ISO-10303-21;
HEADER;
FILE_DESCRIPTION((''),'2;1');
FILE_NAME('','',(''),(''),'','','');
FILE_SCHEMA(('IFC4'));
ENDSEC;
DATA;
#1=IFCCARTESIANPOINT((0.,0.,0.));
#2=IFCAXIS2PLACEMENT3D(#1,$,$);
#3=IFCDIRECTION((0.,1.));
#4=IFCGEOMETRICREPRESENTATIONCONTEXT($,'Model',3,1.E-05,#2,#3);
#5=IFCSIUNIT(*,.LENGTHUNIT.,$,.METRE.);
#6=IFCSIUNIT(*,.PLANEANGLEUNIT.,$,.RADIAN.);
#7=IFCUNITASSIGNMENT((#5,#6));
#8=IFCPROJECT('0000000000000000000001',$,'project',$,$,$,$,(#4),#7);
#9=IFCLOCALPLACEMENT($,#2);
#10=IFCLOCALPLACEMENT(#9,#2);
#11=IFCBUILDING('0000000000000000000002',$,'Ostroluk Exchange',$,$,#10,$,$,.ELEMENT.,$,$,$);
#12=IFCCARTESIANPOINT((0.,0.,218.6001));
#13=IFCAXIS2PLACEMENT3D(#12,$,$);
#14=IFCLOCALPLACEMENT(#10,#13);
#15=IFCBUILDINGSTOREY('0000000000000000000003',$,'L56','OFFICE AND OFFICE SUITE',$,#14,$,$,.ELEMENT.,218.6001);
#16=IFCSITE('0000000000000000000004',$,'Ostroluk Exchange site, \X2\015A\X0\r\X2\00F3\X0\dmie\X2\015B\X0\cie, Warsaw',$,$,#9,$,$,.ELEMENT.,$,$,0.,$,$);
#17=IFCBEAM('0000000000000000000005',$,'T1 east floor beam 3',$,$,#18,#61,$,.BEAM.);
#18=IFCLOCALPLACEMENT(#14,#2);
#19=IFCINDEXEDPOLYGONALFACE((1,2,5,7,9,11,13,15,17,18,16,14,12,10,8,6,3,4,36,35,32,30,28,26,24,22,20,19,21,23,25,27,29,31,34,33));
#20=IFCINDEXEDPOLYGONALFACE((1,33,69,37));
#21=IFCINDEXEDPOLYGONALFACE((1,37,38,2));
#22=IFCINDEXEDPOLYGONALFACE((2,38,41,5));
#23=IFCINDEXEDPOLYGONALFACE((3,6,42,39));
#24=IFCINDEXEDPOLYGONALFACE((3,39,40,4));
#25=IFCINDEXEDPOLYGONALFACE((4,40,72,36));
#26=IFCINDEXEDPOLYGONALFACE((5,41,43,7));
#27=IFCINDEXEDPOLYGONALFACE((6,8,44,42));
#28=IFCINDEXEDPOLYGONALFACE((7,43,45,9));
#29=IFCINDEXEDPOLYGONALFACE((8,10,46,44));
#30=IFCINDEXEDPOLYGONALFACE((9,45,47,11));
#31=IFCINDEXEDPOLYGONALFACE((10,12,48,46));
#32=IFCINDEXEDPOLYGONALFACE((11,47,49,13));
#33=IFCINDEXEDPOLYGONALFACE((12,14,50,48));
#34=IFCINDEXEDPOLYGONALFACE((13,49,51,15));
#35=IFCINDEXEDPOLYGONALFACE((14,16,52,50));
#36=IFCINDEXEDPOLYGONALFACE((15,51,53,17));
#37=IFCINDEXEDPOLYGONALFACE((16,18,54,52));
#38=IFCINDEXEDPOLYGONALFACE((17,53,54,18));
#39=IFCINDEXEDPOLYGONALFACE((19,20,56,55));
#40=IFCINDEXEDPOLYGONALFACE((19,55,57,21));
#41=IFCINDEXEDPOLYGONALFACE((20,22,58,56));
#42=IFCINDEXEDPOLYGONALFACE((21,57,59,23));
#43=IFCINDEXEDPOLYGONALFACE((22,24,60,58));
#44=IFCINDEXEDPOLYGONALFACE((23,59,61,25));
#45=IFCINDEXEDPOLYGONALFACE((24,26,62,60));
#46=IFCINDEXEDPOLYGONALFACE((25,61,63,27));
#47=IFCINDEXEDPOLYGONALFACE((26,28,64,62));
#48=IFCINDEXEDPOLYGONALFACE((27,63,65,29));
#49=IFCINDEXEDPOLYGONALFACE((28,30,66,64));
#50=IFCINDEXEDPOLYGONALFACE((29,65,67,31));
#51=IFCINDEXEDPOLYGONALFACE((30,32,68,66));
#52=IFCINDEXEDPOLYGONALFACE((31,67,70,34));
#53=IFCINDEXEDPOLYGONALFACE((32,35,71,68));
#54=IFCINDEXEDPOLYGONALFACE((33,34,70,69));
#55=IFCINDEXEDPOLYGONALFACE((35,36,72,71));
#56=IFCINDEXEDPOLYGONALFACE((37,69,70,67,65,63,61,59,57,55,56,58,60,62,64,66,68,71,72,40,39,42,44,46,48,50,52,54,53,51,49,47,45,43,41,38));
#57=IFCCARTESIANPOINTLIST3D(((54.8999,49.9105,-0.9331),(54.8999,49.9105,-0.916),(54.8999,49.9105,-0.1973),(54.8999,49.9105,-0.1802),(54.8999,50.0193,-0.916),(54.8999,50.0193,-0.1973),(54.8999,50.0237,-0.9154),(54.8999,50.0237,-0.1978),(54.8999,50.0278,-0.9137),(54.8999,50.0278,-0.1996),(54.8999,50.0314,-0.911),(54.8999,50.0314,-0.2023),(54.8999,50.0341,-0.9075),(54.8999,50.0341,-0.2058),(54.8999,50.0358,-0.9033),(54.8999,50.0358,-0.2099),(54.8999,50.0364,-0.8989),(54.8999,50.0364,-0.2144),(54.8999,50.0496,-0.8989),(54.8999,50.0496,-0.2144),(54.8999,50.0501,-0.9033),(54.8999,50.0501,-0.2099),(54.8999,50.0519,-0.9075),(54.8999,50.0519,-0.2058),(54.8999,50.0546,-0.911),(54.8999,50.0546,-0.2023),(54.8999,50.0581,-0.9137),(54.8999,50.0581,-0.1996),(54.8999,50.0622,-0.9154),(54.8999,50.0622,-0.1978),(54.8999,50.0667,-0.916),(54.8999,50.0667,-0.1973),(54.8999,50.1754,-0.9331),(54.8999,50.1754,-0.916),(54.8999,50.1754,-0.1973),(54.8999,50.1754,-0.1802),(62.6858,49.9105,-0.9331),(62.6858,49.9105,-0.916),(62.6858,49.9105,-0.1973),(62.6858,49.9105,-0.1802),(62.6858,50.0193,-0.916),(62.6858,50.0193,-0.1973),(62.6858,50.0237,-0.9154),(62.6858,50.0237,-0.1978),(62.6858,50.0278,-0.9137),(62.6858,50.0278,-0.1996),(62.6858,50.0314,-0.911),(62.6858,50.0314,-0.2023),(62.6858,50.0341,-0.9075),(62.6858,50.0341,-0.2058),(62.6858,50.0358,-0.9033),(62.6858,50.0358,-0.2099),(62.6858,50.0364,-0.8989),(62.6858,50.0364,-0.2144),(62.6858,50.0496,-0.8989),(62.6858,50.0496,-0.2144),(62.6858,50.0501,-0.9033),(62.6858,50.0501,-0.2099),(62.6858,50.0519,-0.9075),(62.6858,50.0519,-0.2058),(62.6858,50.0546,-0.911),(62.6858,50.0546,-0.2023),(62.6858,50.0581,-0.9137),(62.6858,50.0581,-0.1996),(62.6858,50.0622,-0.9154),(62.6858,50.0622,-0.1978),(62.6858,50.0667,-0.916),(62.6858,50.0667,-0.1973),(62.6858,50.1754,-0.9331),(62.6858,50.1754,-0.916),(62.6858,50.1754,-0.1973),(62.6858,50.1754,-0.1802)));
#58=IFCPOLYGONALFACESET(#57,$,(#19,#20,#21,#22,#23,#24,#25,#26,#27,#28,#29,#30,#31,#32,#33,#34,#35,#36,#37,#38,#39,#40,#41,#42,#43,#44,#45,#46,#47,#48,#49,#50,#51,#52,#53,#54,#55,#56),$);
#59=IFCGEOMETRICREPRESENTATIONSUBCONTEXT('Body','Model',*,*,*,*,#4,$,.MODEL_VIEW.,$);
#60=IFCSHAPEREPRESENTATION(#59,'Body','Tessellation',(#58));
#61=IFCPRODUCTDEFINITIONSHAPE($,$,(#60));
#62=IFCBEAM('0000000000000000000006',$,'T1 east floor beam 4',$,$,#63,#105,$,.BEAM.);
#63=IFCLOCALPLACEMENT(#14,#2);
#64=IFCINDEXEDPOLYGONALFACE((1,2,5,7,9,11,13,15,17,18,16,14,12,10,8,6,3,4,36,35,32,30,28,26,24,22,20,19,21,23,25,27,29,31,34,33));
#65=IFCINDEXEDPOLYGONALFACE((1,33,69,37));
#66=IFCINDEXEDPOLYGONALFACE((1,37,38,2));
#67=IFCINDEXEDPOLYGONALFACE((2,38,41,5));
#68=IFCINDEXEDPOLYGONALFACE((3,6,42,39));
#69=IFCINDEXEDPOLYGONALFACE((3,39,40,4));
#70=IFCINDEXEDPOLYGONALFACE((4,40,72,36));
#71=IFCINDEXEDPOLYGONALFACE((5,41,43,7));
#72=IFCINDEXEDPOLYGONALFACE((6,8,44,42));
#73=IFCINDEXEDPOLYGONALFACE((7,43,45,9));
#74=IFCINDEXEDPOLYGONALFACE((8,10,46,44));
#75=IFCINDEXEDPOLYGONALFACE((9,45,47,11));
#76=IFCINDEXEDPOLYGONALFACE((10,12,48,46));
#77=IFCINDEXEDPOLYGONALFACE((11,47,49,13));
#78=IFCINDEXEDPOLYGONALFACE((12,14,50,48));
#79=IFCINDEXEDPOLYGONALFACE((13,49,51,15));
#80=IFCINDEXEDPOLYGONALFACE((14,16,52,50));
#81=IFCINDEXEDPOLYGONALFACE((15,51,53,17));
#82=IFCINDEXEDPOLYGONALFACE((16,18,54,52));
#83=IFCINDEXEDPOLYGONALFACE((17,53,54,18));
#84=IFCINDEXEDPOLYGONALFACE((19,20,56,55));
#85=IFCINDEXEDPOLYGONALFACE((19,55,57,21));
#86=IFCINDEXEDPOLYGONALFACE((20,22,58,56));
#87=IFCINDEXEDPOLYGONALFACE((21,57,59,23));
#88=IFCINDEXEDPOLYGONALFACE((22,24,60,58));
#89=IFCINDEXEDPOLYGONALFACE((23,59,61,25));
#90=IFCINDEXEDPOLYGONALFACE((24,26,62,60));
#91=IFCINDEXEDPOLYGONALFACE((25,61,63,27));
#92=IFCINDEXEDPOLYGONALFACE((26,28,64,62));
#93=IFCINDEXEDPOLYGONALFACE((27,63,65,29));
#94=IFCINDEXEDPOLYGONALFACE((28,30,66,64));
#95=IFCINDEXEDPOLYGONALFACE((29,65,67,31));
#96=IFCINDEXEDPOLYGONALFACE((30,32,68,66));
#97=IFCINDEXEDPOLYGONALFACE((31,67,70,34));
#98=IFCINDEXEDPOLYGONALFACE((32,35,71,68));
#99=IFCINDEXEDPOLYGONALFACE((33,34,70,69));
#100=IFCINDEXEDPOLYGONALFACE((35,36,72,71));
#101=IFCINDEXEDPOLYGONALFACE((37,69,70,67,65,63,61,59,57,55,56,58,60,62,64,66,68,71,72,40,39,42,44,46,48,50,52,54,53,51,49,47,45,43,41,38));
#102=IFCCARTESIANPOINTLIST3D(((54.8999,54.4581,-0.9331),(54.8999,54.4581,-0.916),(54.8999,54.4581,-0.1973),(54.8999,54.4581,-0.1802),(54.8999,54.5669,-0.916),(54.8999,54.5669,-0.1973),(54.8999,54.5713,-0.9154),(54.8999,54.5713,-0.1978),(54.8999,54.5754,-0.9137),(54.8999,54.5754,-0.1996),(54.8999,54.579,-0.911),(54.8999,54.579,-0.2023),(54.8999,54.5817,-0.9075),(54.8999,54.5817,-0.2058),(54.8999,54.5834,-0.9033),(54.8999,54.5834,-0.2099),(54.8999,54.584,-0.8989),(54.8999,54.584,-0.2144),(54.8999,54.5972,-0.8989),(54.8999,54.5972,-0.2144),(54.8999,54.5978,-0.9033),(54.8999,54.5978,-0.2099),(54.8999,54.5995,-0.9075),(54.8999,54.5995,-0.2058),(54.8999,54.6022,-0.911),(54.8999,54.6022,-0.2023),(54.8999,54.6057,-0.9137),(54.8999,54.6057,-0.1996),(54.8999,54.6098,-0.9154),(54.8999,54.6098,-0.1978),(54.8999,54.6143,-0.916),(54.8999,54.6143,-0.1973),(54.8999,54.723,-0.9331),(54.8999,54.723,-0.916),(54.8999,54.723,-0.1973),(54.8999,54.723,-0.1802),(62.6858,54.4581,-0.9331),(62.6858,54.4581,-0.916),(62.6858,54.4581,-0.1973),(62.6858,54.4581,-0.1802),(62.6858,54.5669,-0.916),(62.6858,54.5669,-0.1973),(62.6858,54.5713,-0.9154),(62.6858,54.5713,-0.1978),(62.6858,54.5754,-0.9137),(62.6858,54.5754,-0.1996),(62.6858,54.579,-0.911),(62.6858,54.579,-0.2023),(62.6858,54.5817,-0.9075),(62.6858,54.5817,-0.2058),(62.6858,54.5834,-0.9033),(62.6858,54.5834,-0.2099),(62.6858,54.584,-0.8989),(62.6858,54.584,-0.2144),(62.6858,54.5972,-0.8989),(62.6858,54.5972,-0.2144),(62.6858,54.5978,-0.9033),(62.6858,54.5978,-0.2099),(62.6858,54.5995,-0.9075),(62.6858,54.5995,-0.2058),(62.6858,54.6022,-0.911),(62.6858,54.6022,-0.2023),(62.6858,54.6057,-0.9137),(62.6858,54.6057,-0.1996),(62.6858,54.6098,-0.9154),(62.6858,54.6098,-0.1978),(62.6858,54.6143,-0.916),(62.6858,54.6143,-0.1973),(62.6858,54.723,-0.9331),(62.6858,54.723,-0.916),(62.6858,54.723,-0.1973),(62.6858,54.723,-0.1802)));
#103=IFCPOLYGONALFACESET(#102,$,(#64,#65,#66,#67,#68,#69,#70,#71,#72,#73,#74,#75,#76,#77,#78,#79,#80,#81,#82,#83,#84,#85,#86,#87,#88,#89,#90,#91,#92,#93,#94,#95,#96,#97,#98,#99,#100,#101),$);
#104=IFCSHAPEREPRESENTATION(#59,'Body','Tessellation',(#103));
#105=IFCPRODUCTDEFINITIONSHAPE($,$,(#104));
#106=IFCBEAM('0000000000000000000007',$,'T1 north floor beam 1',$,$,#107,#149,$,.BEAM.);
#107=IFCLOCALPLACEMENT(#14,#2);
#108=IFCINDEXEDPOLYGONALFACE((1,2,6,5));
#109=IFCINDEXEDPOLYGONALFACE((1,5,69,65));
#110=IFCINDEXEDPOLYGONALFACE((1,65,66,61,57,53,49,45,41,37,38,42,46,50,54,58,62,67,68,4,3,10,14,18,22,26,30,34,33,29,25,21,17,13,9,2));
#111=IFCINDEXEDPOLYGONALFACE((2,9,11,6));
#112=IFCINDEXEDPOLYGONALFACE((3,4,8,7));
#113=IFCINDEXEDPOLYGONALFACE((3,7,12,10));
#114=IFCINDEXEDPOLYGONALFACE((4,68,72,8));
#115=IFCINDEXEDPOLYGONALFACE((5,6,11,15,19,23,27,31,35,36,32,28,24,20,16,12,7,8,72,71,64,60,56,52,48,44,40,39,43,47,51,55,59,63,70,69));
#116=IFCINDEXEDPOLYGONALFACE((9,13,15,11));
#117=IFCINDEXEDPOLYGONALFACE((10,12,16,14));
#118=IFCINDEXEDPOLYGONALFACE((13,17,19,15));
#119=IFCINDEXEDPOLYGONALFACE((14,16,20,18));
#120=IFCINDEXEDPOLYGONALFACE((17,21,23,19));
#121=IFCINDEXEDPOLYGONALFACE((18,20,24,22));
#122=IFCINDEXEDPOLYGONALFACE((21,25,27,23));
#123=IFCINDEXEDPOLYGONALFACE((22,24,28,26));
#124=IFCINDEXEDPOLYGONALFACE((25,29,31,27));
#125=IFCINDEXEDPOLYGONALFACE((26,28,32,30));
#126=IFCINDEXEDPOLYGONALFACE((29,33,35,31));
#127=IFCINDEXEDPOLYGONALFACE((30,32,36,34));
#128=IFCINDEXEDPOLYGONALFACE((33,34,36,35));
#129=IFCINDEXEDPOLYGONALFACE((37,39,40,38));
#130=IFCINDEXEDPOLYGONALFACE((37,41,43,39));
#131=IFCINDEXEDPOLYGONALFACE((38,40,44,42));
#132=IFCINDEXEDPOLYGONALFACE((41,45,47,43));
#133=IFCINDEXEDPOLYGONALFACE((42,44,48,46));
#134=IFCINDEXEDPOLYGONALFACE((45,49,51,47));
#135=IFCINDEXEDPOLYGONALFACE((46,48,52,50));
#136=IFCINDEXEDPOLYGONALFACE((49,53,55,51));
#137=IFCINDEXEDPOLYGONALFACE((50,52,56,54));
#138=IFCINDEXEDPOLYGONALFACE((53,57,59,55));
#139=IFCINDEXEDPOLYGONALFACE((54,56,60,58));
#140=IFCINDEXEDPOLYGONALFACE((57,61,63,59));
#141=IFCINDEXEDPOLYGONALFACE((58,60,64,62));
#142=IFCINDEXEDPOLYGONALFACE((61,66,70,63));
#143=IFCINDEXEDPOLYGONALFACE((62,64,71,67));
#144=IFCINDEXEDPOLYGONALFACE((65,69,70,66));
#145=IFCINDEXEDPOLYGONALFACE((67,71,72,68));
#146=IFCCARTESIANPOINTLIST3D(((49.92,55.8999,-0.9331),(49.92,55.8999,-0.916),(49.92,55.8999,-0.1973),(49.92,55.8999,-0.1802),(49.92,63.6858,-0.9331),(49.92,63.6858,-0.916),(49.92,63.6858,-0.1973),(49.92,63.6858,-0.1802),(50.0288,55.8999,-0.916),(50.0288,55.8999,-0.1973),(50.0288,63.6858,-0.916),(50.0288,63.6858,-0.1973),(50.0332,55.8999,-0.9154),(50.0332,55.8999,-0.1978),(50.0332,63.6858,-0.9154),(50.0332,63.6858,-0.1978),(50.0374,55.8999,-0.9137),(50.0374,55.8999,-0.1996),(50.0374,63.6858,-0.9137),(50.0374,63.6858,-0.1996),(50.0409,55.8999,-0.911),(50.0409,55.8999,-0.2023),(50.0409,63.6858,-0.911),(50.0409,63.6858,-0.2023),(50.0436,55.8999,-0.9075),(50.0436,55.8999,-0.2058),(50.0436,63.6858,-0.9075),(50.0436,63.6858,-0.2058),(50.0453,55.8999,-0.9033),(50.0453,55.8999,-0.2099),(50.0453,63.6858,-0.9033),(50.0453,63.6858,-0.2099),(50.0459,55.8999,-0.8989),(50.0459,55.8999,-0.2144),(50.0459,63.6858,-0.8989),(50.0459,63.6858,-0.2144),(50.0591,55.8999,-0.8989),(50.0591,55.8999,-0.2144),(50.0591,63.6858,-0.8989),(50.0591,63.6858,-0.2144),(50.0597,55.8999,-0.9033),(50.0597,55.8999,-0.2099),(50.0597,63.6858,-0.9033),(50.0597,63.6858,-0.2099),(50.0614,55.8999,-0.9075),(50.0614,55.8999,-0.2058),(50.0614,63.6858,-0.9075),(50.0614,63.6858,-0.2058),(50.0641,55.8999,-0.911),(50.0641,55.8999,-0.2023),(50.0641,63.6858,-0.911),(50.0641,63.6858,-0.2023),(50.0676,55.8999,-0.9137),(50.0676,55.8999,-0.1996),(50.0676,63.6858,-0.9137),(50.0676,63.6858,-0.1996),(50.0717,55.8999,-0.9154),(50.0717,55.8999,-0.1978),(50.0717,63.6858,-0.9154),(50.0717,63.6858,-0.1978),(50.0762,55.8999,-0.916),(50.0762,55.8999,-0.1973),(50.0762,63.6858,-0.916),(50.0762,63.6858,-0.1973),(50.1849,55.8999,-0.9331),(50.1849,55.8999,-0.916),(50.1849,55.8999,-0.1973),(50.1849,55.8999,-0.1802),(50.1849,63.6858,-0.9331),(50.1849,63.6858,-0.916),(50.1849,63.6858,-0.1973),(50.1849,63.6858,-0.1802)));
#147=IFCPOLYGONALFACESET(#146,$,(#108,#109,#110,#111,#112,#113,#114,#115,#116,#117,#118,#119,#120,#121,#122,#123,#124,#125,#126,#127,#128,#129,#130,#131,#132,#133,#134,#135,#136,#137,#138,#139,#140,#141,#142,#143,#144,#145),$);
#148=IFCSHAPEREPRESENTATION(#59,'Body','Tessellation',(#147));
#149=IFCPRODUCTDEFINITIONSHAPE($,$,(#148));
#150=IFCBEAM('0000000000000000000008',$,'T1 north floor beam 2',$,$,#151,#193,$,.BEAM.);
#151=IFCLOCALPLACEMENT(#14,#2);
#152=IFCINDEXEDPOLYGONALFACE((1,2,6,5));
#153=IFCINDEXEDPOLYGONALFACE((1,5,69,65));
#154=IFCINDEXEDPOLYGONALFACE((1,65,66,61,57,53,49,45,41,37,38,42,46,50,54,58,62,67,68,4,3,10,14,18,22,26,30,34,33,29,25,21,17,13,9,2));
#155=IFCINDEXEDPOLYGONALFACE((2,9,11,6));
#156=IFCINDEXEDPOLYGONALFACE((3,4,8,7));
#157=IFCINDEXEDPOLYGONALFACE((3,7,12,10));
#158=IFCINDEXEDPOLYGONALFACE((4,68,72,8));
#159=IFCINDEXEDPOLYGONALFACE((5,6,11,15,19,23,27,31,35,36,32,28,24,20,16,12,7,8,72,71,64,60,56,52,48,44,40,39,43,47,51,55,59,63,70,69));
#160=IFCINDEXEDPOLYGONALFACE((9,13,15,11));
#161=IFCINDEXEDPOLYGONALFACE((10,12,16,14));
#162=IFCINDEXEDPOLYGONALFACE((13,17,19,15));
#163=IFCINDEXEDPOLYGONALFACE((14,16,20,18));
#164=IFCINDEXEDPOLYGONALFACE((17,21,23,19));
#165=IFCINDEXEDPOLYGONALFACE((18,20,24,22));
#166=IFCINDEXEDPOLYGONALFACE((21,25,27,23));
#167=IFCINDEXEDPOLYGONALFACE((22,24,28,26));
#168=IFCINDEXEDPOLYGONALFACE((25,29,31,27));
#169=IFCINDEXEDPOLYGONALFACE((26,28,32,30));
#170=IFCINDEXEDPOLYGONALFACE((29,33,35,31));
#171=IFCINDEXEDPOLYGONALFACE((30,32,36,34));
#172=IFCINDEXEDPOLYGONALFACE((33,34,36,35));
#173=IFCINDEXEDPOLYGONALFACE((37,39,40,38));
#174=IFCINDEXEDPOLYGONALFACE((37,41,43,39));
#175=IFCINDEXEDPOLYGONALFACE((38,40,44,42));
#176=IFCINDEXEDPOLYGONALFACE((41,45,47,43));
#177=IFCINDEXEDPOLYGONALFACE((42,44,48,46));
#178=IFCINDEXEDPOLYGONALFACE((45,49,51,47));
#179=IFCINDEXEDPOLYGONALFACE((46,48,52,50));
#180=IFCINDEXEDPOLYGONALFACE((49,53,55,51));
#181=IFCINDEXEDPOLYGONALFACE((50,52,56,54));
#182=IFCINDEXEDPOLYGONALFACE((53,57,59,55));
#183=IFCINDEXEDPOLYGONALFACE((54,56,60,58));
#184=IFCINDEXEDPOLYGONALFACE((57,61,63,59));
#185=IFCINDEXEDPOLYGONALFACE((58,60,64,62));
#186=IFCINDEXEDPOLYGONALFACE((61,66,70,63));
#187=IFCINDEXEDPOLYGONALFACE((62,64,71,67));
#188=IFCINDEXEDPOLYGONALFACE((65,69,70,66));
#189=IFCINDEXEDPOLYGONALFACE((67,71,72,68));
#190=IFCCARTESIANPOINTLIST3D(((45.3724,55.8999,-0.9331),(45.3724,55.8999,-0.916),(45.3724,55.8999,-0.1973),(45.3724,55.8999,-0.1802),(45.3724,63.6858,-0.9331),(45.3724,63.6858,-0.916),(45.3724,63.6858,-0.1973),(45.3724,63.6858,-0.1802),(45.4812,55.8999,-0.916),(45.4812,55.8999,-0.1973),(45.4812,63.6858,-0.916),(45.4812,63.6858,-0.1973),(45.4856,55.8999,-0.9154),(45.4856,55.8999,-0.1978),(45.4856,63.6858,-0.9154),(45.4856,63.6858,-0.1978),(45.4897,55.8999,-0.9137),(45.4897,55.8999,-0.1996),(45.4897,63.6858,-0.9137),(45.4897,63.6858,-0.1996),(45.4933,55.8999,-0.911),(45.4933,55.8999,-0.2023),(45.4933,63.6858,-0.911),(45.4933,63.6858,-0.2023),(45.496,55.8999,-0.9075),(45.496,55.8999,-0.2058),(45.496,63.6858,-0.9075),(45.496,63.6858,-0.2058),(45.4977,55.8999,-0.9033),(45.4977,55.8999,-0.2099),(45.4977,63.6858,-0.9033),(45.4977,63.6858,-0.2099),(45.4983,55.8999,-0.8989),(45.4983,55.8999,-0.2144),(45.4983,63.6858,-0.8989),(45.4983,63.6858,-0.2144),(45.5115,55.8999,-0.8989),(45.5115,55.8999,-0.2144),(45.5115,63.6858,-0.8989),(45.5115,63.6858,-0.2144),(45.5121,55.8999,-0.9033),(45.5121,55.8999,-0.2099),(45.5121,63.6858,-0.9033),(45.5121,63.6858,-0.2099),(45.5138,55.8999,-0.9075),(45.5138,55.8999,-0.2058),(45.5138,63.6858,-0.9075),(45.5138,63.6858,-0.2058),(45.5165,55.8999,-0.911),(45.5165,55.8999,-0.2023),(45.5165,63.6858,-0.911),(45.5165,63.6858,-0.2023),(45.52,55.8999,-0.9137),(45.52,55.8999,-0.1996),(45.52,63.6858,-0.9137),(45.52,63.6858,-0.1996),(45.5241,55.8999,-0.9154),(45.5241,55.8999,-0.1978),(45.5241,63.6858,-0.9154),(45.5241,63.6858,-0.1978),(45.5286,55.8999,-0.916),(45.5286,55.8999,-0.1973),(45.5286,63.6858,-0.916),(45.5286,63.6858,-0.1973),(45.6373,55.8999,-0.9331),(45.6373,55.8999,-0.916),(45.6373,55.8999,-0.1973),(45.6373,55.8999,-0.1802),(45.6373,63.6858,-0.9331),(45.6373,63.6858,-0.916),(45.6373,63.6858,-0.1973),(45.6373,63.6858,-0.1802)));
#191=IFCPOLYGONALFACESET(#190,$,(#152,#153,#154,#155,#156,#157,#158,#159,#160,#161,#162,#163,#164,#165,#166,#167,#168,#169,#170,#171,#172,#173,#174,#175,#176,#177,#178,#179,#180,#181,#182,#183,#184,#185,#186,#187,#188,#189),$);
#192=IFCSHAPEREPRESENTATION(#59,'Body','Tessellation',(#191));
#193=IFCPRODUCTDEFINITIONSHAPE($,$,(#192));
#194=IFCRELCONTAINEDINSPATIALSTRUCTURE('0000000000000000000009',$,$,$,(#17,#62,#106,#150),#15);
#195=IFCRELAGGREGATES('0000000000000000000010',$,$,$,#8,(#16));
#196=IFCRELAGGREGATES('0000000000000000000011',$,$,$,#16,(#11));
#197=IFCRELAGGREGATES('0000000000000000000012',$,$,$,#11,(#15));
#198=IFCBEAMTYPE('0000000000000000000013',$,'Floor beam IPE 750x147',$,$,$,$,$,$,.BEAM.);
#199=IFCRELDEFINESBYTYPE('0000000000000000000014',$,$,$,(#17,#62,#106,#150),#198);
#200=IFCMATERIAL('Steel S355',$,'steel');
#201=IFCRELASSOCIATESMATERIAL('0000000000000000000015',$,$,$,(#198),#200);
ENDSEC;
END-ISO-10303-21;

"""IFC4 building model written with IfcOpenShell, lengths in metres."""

from ifc_helpers import new_model, si_unit, direction, frame, origin, origin_2d, place, context, subcontext, project, spatial, i_section, extrude, material, material_profile, profile_set, type_object, element, save


model = new_model("IFC4")

# Units and contexts
model_context = context("Model", 3, precision=1e-05, world=origin(), true_north=direction((0.0, 1.0)))
body_context = subcontext(model_context, "Body", "Model", "MODEL_VIEW")
ifc_project = project(units=[si_unit("LENGTHUNIT", "METRE"), si_unit("PLANEANGLEUNIT", "RADIAN")], contexts=[model_context])

# Site, building, storey
site_placement = place(None, origin())
site = spatial("IfcSite", under=ifc_project, at=site_placement, Name="Ostroluk Exchange site, Śródmieście, Warsaw", CompositionType="ELEMENT", RefElevation=0.0)
building_placement = place(site_placement, origin())
building = spatial("IfcBuilding", under=site, at=building_placement, Name="Ostroluk Exchange", CompositionType="ELEMENT")
storey_placement = place(building_placement, frame((0.0, 0.0, 218.6001)))
storey = spatial("IfcBuildingStorey", under=building, at=storey_placement, Name="L56", Description="OFFICE AND OFFICE SUITE", CompositionType="ELEMENT", Elevation=218.6001)

# Beams
ifc_material_1 = material(Name="Steel S355", Category="steel")
ifc_material_profile_1 = material_profile(ifc_material_1, i_section(OverallWidth=0.2649, OverallDepth=0.7529, WebThickness=0.0132, FlangeThickness=0.0171, FilletRadius=0.0171, at=origin_2d()), Name="IPE 750x147")
ifc_profile_set_1 = profile_set([ifc_material_profile_1], Name="Steel S355")
beam_type_1 = type_object("IfcBeamType", Name="Floor beam IPE 750x147", PredefinedType="BEAM", material=ifc_profile_set_1)
for number, where, z_axis, x_axis, name in (
    (1, (54.8999, 50.043, -0.5566), (1.0, 0.0, 0.0), (0.0, 1.0, 0.0), "T1 east floor beam 3"),
    (2, (54.8999, 54.5906, -0.5566), (1.0, 0.0, 0.0), (0.0, 1.0, 0.0), "T1 east floor beam 4"),
    (3, (50.0525, 55.8999, -0.5566), (0.0, 1.0, 0.0), (-1.0, 0.0, 0.0), "T1 north floor beam 1"),
    (4, (45.5049, 55.8999, -0.5566), (0.0, 1.0, 0.0), (-1.0, 0.0, 0.0), "T1 north floor beam 2"),
):
    element("IfcBeam", number, at=place(storey_placement, frame(where, z_axis=z_axis, x_axis=x_axis)), inside=storey, type_object=beam_type_1, Name=name, PredefinedType="BEAM", context=body_context, shape_type="SweptSolid", body=[
        extrude(i_section(OverallWidth=0.2649, OverallDepth=0.7529, WebThickness=0.0132, FlangeThickness=0.0171, FilletRadius=0.0171, at=origin_2d()), origin(), (0.0, 0.0, 1.0), 7.7859),
    ])

save(model, "model.ifc")
